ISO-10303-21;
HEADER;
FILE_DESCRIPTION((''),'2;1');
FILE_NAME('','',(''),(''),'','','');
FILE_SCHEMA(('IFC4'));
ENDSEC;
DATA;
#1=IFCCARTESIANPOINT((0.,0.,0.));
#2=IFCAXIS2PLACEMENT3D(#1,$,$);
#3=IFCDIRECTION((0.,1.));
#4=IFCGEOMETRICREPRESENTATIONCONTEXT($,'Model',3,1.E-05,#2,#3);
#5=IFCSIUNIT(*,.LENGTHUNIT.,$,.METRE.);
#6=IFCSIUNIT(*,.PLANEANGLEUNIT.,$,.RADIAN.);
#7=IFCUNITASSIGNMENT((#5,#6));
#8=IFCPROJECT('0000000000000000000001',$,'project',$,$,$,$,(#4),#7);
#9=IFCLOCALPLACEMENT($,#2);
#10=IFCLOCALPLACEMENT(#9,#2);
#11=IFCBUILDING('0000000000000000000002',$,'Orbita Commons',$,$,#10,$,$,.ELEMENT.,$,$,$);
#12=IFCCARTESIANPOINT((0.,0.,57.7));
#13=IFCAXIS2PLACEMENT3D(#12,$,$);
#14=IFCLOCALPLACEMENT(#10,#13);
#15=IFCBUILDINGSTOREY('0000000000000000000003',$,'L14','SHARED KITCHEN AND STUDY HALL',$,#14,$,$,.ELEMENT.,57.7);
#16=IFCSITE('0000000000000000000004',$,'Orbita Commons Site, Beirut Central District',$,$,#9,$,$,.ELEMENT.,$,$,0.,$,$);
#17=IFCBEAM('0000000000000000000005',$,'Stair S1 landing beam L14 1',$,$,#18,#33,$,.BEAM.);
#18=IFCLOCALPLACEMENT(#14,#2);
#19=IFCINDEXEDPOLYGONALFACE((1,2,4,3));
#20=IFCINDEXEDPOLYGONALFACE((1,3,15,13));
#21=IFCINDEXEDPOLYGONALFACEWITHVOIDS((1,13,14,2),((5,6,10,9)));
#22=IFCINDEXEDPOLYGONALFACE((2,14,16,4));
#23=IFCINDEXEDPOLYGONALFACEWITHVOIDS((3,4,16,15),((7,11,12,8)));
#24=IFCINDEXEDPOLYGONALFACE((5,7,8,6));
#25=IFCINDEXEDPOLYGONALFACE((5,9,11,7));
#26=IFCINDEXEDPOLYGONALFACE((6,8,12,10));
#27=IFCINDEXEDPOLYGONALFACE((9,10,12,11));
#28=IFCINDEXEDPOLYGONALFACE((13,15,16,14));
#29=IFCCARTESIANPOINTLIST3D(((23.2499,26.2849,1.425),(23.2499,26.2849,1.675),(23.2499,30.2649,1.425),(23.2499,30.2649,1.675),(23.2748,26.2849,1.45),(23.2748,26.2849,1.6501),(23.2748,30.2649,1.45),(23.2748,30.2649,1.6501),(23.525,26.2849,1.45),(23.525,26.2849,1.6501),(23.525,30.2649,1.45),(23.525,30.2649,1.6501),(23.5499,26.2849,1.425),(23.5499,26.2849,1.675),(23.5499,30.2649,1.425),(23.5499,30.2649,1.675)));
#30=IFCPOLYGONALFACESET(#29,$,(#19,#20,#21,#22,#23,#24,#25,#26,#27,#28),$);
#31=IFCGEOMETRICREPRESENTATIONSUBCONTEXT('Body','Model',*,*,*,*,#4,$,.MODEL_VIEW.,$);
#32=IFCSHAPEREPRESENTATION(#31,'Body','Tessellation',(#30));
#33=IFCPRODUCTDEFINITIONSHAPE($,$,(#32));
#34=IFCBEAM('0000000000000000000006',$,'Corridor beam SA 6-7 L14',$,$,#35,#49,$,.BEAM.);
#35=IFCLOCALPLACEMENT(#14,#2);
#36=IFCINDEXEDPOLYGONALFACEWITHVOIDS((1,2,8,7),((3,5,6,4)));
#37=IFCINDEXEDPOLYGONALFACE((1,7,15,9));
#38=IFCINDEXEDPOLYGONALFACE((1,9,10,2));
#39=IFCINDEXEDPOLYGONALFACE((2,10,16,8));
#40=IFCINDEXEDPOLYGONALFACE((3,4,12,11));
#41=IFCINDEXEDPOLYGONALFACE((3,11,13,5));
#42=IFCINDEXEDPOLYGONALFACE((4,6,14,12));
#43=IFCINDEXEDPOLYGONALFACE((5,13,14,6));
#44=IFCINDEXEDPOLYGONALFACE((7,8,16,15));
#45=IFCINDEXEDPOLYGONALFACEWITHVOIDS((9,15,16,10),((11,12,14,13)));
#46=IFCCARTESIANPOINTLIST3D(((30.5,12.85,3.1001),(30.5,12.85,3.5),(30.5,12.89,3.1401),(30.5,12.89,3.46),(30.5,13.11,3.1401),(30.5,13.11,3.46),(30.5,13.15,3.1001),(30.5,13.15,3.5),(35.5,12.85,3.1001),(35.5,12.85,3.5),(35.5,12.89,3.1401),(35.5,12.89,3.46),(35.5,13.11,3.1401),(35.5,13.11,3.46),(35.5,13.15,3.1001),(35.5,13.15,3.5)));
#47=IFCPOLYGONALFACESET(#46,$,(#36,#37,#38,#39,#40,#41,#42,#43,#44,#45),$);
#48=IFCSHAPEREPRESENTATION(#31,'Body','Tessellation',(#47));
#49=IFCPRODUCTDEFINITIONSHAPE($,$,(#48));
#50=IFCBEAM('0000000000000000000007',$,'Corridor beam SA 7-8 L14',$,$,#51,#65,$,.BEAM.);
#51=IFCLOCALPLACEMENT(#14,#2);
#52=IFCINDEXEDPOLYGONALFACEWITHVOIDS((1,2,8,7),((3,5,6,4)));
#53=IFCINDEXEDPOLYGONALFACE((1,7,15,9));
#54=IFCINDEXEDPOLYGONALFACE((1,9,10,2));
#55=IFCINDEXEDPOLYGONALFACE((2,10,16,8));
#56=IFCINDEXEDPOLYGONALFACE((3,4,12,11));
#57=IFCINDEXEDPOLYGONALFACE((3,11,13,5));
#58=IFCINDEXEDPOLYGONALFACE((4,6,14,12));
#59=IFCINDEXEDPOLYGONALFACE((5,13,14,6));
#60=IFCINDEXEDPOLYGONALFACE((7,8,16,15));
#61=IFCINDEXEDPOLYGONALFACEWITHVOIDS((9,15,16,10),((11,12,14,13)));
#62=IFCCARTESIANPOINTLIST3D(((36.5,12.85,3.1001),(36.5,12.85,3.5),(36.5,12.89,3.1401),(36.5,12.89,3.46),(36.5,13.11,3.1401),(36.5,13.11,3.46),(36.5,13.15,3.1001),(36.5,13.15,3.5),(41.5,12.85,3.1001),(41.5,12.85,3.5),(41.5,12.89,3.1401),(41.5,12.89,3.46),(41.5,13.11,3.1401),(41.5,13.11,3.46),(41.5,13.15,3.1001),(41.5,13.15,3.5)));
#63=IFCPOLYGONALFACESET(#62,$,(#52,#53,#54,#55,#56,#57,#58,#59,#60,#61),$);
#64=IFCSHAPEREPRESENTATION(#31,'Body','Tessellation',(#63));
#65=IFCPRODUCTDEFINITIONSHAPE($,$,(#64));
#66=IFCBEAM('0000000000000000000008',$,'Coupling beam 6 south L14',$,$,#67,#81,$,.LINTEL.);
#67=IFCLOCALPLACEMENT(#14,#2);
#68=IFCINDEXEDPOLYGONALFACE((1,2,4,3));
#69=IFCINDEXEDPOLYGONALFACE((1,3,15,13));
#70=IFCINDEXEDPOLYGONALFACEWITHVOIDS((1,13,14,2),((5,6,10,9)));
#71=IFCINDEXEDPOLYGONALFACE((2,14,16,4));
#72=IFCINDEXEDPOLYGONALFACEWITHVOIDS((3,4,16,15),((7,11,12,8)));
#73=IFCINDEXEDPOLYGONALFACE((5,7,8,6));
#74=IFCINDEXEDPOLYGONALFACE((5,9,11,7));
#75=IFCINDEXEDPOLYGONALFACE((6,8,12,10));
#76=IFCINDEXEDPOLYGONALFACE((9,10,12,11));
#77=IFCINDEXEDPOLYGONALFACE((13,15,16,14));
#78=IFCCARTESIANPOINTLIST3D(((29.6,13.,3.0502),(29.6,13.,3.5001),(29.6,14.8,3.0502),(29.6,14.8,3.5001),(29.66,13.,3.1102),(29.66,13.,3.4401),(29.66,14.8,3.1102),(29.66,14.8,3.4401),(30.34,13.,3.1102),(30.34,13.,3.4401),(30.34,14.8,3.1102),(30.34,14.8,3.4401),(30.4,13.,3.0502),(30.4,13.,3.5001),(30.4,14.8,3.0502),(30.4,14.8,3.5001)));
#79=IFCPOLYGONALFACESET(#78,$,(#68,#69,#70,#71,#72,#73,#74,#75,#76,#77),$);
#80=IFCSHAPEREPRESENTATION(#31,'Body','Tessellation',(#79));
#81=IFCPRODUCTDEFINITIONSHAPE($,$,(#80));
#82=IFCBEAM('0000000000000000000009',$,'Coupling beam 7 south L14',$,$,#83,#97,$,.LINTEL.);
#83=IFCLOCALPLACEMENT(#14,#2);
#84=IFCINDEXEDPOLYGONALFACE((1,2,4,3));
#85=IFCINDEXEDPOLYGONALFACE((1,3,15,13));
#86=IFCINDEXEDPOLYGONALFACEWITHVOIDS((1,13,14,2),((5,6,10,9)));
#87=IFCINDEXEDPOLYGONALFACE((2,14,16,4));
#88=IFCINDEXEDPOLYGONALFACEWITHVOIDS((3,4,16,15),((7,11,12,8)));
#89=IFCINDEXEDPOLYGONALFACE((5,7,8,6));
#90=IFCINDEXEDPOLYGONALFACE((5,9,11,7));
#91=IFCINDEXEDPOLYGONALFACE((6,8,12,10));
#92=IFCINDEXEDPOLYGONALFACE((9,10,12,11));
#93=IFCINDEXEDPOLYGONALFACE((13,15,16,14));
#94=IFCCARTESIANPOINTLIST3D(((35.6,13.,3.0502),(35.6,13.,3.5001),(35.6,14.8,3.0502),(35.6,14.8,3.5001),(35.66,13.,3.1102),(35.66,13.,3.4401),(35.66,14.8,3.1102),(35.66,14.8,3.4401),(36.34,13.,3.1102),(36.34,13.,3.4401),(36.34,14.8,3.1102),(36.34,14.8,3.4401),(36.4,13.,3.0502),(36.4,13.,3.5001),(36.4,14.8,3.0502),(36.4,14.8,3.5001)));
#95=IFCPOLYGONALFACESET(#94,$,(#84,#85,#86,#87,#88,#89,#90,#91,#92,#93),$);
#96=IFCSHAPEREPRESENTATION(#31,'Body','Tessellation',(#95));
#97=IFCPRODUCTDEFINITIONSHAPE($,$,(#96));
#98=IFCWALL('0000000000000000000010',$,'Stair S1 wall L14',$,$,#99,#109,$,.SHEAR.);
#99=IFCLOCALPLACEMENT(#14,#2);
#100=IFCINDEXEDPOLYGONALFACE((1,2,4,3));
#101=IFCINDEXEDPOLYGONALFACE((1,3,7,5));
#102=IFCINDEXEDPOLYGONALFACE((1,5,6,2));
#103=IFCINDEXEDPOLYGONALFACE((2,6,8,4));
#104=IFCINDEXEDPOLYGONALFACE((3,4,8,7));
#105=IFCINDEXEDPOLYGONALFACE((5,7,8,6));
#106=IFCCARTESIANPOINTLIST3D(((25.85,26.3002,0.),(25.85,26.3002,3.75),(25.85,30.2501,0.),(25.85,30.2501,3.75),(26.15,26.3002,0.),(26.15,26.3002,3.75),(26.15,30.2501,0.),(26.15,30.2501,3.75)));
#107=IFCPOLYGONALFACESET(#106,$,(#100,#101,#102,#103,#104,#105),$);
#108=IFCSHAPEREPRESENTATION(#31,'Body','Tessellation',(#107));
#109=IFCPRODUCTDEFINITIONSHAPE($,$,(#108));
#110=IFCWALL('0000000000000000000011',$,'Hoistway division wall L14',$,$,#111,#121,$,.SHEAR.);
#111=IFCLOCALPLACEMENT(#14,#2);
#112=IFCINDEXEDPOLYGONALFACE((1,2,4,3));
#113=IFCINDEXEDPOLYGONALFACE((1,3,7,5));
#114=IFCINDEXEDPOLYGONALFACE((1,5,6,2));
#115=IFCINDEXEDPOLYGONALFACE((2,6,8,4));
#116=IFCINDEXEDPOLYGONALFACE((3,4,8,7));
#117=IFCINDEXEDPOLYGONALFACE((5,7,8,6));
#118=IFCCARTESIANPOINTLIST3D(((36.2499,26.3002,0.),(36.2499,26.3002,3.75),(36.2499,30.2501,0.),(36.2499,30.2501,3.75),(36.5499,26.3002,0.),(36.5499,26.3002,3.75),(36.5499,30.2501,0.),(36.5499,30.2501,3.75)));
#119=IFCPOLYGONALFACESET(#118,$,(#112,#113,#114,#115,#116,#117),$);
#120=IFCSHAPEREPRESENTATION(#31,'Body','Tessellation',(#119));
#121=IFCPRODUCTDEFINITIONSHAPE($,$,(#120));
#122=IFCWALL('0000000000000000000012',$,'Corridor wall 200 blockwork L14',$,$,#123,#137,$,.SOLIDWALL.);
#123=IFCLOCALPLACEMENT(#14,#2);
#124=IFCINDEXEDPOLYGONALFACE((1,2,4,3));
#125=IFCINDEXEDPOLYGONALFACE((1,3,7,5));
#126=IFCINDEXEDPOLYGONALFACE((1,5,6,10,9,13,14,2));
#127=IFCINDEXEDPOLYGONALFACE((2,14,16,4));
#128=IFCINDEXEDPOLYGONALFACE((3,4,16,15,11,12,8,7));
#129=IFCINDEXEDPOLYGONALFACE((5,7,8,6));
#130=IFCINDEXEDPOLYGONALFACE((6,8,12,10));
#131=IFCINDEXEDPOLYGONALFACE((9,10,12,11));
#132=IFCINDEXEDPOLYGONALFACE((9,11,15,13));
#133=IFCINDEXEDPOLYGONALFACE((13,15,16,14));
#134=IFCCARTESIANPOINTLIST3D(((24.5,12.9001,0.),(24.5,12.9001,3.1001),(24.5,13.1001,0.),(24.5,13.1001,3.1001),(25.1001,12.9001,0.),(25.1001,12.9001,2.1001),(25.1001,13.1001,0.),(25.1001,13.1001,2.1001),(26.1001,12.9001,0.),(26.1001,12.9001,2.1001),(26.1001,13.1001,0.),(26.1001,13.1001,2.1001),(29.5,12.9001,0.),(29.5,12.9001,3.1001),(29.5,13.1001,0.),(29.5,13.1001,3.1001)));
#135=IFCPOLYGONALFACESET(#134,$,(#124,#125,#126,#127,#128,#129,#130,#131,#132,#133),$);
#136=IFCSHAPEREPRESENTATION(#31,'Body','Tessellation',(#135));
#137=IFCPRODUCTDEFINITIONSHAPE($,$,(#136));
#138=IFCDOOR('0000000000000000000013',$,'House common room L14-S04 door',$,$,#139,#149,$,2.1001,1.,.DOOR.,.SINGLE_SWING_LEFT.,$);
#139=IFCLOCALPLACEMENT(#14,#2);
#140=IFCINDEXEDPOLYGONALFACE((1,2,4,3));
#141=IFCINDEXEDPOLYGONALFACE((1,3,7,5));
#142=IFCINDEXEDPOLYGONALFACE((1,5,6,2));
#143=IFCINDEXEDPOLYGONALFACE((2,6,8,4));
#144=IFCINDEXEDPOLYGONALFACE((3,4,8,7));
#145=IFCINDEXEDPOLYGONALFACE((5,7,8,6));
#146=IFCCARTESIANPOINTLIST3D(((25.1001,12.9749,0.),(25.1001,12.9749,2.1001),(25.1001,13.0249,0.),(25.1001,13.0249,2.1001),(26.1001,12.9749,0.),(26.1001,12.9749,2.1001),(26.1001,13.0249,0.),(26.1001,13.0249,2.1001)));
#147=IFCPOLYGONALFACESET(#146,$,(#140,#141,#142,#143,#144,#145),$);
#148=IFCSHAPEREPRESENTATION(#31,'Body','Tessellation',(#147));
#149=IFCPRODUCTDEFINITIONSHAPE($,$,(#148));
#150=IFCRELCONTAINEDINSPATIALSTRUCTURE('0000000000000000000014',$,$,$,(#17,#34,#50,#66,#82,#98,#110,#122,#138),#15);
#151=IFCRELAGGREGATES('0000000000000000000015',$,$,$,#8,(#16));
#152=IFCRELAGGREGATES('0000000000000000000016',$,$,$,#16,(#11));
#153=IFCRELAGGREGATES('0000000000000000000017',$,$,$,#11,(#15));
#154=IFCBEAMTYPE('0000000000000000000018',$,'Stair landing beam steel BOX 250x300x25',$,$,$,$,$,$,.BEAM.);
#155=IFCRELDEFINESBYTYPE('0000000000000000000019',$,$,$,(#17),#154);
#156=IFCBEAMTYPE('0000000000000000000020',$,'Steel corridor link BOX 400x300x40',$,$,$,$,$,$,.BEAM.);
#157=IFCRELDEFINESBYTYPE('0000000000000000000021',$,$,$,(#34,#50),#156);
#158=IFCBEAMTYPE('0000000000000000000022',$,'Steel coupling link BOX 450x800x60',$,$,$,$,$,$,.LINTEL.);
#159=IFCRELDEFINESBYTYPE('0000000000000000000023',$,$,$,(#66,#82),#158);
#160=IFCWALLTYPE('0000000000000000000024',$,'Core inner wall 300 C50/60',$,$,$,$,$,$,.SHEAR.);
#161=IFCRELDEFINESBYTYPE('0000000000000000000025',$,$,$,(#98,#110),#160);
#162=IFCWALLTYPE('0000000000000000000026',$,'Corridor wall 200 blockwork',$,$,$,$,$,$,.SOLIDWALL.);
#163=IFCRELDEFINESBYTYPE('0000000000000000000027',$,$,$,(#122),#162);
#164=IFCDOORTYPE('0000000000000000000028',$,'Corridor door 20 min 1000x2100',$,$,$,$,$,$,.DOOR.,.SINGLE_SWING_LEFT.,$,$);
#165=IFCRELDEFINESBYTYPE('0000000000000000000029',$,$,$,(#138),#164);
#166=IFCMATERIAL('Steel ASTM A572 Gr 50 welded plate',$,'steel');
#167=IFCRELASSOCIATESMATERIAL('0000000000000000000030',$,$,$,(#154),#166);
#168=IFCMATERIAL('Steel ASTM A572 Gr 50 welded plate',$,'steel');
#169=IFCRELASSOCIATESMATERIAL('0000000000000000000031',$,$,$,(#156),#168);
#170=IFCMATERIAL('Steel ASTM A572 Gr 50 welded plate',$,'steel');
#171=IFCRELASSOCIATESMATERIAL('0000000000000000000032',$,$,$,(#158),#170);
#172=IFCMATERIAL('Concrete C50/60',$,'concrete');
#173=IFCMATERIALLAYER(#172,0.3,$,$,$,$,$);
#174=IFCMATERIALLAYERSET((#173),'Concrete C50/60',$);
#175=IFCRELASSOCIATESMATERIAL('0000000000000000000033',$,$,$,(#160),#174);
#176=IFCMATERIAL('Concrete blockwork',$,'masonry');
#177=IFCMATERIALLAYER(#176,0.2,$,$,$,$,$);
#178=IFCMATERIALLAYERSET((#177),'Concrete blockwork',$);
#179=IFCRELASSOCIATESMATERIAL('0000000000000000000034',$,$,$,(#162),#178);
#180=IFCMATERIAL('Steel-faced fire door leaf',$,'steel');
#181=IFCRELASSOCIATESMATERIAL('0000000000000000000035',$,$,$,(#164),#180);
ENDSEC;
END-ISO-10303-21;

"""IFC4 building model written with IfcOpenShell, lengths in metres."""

from ifc_helpers import new_model, si_unit, direction, frame, frame_2d, origin, origin_2d, place, context, subcontext, project, spatial, polyline, rectangle, hollow_rectangle, outline, extrude, material, layer, layer_set, material_profile, profile_set, type_object, element, fill, save


model = new_model("IFC4")

# Units and contexts
model_context = context("Model", 3, precision=1e-05, world=origin(), true_north=direction((0.0, 1.0)))
body_context = subcontext(model_context, "Body", "Model", "MODEL_VIEW")
ifc_project = project(units=[si_unit("LENGTHUNIT", "METRE"), si_unit("PLANEANGLEUNIT", "RADIAN")], contexts=[model_context])

# Site, building, storey
site_placement = place(None, origin())
site = spatial("IfcSite", under=ifc_project, at=site_placement, Name="Orbita Commons Site, Beirut Central District", CompositionType="ELEMENT", RefElevation=0.0)
building_placement = place(site_placement, origin())
building = spatial("IfcBuilding", under=site, at=building_placement, Name="Orbita Commons", CompositionType="ELEMENT")
storey_placement = place(building_placement, frame((0.0, 0.0, 57.7)))
storey = spatial("IfcBuildingStorey", under=building, at=storey_placement, Name="L14", Description="SHARED KITCHEN AND STUDY HALL", CompositionType="ELEMENT", Elevation=57.7)

# Beams
ifc_material_1 = material(Name="Steel ASTM A572 Gr 50 welded plate", Category="steel")
ifc_material_profile_1 = material_profile(ifc_material_1, hollow_rectangle(XDim=0.3, YDim=0.25, WallThickness=0.0249, at=origin_2d()), Name="BOX 250x300x25")
ifc_profile_set_1 = profile_set([ifc_material_profile_1], Name="Steel ASTM A572 Gr 50 welded plate")
beam_type_1 = type_object("IfcBeamType", Name="Stair landing beam steel BOX 250x300x25", PredefinedType="BEAM", material=ifc_profile_set_1)
beam_placement = place(storey_placement, frame((23.3999, 26.2849, 1.55), z_axis=(0.0, 1.0, 0.0), x_axis=(-1.0, 0.0, 0.0)))
element("IfcBeam", 1, at=beam_placement, inside=storey, type_object=beam_type_1, Name="Stair S1 landing beam L14 1", PredefinedType="BEAM", context=body_context, shape_type="SweptSolid", body=[
    extrude(hollow_rectangle(XDim=0.3, YDim=0.25, WallThickness=0.0249, at=origin_2d()), origin(), (0.0, 0.0, 1.0), 3.98),
])
ifc_material_2 = material(Name="Steel ASTM A572 Gr 50 welded plate", Category="steel")
ifc_material_profile_2 = material_profile(ifc_material_2, hollow_rectangle(XDim=0.3, YDim=0.3999, WallThickness=0.04, at=origin_2d()), Name="BOX 400x300x40")
ifc_profile_set_2 = profile_set([ifc_material_profile_2], Name="Steel ASTM A572 Gr 50 welded plate")
beam_type_2 = type_object("IfcBeamType", Name="Steel corridor link BOX 400x300x40", PredefinedType="BEAM", material=ifc_profile_set_2)
for number, where, z_axis, x_axis, name in (
    (2, (30.5, 13.0, 3.3), (1.0, 0.0, 0.0), (0.0, 1.0, 0.0), "Corridor beam SA 6-7 L14"),
    (3, (36.5, 13.0, 3.3), (1.0, 0.0, 0.0), (0.0, 1.0, 0.0), "Corridor beam SA 7-8 L14"),
):
    element("IfcBeam", number, at=place(storey_placement, frame(where, z_axis=z_axis, x_axis=x_axis)), inside=storey, type_object=beam_type_2, Name=name, PredefinedType="BEAM", context=body_context, shape_type="SweptSolid", body=[
        extrude(hollow_rectangle(XDim=0.3, YDim=0.3999, WallThickness=0.04, at=origin_2d()), origin(), (0.0, 0.0, 1.0), 5.0),
    ])
ifc_material_3 = material(Name="Steel ASTM A572 Gr 50 welded plate", Category="steel")
ifc_material_profile_3 = material_profile(ifc_material_3, hollow_rectangle(XDim=0.8, YDim=0.45, WallThickness=0.0601, at=origin_2d()), Name="BOX 450x800x60")
ifc_profile_set_3 = profile_set([ifc_material_profile_3], Name="Steel ASTM A572 Gr 50 welded plate")
beam_type_3 = type_object("IfcBeamType", Name="Steel coupling link BOX 450x800x60", PredefinedType="LINTEL", material=ifc_profile_set_3)
for number, where, z_axis, x_axis, name in (
    (4, (30.0, 13.0, 3.2751), (0.0, 1.0, 0.0), (-1.0, 0.0, 0.0), "Coupling beam 6 south L14"),
    (5, (36.0, 13.0, 3.2751), (0.0, 1.0, 0.0), (-1.0, 0.0, 0.0), "Coupling beam 7 south L14"),
):
    element("IfcBeam", number, at=place(storey_placement, frame(where, z_axis=z_axis, x_axis=x_axis)), inside=storey, type_object=beam_type_3, Name=name, PredefinedType="LINTEL", context=body_context, shape_type="SweptSolid", body=[
        extrude(hollow_rectangle(XDim=0.8, YDim=0.45, WallThickness=0.0601, at=origin_2d()), origin(), (0.0, 0.0, 1.0), 1.8),
    ])

# Walls
ifc_material_4 = material(Name="Concrete C50/60", Category="concrete")
ifc_layer_1 = layer(ifc_material_4, 0.3)
ifc_layer_set_1 = layer_set([ifc_layer_1], Name="Concrete C50/60")
wall_type_1 = type_object("IfcWallType", Name="Core inner wall 300 C50/60", PredefinedType="SHEAR", material=ifc_layer_set_1)
for number, where, z_axis, x_axis, name in (
    (6, (26.0, 26.3, 0.0), (0.0, 0.0, 1.0), (0.0, 1.0, 0.0), "Stair S1 wall L14"),
    (7, (36.3999, 26.3, 0.0), (0.0, 0.0, 1.0), (0.0, 1.0, 0.0), "Hoistway division wall L14"),
):
    element("IfcWall", number, at=place(storey_placement, frame(where, z_axis=z_axis, x_axis=x_axis)), inside=storey, type_object=wall_type_1, Name=name, PredefinedType="SHEAR", context=body_context, shape_type="SweptSolid", body=[
        extrude(rectangle(XDim=3.95, YDim=0.3, at=frame_2d((1.9751, 0.0))), origin(), (0.0, 0.0, 1.0), 3.75),
    ])

# Wall, opening, door
ifc_material_5 = material(Name="Concrete blockwork", Category="masonry")
ifc_layer_2 = layer(ifc_material_5, 0.2)
ifc_layer_set_2 = layer_set([ifc_layer_2], Name="Concrete blockwork")
wall_type_2 = type_object("IfcWallType", Name="Corridor wall 200 blockwork", PredefinedType="SOLIDWALL", material=ifc_layer_set_2)
wall_1_placement = place(storey_placement, frame((24.5, 13.0, 0.0), z_axis=(0.0, 0.0, 1.0), x_axis=(1.0, 0.0, 0.0)))
wall_1 = element("IfcWall", 8, at=wall_1_placement, inside=storey, type_object=wall_type_2, Name="Corridor wall 200 blockwork L14", PredefinedType="SOLIDWALL", context=body_context, shape_type="SweptSolid", body=[
    extrude(outline(polyline([(0.0, 0.0), (5.0, 0.0), (5.0, 3.1001), (0.0, 3.1001), (0.0, 0.0)])), frame((0.0, 0.1001, 0.0), z_axis=(0.0, -1.0, 0.0), x_axis=(1.0, 0.0, 0.0)), (0.0, 0.0, 1.0), 0.2),
])
opening_1_placement = place(wall_1_placement, frame((0.6001, 0.0, 0.0)))
opening_1 = element("IfcOpeningElement", 9, at=opening_1_placement, cuts=wall_1, PredefinedType="OPENING", context=body_context, shape_type="SweptSolid", body=[
    extrude(rectangle(XDim=1.0, YDim=2.1001, at=frame_2d((0.5, 1.05))), frame((0.0, 0.1099, 0.0), z_axis=(0.0, -1.0, 0.0), x_axis=(1.0, 0.0, 0.0)), (0.0, 0.0, 1.0), 0.22),
])
ifc_material_6 = material(Name="Steel-faced fire door leaf", Category="steel")
door_type_1 = type_object("IfcDoorType", Name="Corridor door 20 min 1000x2100", OperationType="SINGLE_SWING_LEFT", PredefinedType="DOOR", material=ifc_material_6)
door_1_placement = place(opening_1_placement, origin())
door_1 = element("IfcDoor", 10, at=door_1_placement, inside=storey, type_object=door_type_1, Name="House common room L14-S04 door", OperationType="SINGLE_SWING_LEFT", OverallHeight=2.1001, OverallWidth=1.0, PredefinedType="DOOR", context=body_context, shape_type="SweptSolid", body=[
    extrude(rectangle(XDim=1.0, YDim=2.1001, at=frame_2d((0.5, 1.05))), frame((0.0, 0.0249, 0.0), z_axis=(0.0, -1.0, 0.0), x_axis=(1.0, 0.0, 0.0)), (0.0, 0.0, 1.0), 0.05),
])
fill(opening_1, door_1)

save(model, "model.ifc")
